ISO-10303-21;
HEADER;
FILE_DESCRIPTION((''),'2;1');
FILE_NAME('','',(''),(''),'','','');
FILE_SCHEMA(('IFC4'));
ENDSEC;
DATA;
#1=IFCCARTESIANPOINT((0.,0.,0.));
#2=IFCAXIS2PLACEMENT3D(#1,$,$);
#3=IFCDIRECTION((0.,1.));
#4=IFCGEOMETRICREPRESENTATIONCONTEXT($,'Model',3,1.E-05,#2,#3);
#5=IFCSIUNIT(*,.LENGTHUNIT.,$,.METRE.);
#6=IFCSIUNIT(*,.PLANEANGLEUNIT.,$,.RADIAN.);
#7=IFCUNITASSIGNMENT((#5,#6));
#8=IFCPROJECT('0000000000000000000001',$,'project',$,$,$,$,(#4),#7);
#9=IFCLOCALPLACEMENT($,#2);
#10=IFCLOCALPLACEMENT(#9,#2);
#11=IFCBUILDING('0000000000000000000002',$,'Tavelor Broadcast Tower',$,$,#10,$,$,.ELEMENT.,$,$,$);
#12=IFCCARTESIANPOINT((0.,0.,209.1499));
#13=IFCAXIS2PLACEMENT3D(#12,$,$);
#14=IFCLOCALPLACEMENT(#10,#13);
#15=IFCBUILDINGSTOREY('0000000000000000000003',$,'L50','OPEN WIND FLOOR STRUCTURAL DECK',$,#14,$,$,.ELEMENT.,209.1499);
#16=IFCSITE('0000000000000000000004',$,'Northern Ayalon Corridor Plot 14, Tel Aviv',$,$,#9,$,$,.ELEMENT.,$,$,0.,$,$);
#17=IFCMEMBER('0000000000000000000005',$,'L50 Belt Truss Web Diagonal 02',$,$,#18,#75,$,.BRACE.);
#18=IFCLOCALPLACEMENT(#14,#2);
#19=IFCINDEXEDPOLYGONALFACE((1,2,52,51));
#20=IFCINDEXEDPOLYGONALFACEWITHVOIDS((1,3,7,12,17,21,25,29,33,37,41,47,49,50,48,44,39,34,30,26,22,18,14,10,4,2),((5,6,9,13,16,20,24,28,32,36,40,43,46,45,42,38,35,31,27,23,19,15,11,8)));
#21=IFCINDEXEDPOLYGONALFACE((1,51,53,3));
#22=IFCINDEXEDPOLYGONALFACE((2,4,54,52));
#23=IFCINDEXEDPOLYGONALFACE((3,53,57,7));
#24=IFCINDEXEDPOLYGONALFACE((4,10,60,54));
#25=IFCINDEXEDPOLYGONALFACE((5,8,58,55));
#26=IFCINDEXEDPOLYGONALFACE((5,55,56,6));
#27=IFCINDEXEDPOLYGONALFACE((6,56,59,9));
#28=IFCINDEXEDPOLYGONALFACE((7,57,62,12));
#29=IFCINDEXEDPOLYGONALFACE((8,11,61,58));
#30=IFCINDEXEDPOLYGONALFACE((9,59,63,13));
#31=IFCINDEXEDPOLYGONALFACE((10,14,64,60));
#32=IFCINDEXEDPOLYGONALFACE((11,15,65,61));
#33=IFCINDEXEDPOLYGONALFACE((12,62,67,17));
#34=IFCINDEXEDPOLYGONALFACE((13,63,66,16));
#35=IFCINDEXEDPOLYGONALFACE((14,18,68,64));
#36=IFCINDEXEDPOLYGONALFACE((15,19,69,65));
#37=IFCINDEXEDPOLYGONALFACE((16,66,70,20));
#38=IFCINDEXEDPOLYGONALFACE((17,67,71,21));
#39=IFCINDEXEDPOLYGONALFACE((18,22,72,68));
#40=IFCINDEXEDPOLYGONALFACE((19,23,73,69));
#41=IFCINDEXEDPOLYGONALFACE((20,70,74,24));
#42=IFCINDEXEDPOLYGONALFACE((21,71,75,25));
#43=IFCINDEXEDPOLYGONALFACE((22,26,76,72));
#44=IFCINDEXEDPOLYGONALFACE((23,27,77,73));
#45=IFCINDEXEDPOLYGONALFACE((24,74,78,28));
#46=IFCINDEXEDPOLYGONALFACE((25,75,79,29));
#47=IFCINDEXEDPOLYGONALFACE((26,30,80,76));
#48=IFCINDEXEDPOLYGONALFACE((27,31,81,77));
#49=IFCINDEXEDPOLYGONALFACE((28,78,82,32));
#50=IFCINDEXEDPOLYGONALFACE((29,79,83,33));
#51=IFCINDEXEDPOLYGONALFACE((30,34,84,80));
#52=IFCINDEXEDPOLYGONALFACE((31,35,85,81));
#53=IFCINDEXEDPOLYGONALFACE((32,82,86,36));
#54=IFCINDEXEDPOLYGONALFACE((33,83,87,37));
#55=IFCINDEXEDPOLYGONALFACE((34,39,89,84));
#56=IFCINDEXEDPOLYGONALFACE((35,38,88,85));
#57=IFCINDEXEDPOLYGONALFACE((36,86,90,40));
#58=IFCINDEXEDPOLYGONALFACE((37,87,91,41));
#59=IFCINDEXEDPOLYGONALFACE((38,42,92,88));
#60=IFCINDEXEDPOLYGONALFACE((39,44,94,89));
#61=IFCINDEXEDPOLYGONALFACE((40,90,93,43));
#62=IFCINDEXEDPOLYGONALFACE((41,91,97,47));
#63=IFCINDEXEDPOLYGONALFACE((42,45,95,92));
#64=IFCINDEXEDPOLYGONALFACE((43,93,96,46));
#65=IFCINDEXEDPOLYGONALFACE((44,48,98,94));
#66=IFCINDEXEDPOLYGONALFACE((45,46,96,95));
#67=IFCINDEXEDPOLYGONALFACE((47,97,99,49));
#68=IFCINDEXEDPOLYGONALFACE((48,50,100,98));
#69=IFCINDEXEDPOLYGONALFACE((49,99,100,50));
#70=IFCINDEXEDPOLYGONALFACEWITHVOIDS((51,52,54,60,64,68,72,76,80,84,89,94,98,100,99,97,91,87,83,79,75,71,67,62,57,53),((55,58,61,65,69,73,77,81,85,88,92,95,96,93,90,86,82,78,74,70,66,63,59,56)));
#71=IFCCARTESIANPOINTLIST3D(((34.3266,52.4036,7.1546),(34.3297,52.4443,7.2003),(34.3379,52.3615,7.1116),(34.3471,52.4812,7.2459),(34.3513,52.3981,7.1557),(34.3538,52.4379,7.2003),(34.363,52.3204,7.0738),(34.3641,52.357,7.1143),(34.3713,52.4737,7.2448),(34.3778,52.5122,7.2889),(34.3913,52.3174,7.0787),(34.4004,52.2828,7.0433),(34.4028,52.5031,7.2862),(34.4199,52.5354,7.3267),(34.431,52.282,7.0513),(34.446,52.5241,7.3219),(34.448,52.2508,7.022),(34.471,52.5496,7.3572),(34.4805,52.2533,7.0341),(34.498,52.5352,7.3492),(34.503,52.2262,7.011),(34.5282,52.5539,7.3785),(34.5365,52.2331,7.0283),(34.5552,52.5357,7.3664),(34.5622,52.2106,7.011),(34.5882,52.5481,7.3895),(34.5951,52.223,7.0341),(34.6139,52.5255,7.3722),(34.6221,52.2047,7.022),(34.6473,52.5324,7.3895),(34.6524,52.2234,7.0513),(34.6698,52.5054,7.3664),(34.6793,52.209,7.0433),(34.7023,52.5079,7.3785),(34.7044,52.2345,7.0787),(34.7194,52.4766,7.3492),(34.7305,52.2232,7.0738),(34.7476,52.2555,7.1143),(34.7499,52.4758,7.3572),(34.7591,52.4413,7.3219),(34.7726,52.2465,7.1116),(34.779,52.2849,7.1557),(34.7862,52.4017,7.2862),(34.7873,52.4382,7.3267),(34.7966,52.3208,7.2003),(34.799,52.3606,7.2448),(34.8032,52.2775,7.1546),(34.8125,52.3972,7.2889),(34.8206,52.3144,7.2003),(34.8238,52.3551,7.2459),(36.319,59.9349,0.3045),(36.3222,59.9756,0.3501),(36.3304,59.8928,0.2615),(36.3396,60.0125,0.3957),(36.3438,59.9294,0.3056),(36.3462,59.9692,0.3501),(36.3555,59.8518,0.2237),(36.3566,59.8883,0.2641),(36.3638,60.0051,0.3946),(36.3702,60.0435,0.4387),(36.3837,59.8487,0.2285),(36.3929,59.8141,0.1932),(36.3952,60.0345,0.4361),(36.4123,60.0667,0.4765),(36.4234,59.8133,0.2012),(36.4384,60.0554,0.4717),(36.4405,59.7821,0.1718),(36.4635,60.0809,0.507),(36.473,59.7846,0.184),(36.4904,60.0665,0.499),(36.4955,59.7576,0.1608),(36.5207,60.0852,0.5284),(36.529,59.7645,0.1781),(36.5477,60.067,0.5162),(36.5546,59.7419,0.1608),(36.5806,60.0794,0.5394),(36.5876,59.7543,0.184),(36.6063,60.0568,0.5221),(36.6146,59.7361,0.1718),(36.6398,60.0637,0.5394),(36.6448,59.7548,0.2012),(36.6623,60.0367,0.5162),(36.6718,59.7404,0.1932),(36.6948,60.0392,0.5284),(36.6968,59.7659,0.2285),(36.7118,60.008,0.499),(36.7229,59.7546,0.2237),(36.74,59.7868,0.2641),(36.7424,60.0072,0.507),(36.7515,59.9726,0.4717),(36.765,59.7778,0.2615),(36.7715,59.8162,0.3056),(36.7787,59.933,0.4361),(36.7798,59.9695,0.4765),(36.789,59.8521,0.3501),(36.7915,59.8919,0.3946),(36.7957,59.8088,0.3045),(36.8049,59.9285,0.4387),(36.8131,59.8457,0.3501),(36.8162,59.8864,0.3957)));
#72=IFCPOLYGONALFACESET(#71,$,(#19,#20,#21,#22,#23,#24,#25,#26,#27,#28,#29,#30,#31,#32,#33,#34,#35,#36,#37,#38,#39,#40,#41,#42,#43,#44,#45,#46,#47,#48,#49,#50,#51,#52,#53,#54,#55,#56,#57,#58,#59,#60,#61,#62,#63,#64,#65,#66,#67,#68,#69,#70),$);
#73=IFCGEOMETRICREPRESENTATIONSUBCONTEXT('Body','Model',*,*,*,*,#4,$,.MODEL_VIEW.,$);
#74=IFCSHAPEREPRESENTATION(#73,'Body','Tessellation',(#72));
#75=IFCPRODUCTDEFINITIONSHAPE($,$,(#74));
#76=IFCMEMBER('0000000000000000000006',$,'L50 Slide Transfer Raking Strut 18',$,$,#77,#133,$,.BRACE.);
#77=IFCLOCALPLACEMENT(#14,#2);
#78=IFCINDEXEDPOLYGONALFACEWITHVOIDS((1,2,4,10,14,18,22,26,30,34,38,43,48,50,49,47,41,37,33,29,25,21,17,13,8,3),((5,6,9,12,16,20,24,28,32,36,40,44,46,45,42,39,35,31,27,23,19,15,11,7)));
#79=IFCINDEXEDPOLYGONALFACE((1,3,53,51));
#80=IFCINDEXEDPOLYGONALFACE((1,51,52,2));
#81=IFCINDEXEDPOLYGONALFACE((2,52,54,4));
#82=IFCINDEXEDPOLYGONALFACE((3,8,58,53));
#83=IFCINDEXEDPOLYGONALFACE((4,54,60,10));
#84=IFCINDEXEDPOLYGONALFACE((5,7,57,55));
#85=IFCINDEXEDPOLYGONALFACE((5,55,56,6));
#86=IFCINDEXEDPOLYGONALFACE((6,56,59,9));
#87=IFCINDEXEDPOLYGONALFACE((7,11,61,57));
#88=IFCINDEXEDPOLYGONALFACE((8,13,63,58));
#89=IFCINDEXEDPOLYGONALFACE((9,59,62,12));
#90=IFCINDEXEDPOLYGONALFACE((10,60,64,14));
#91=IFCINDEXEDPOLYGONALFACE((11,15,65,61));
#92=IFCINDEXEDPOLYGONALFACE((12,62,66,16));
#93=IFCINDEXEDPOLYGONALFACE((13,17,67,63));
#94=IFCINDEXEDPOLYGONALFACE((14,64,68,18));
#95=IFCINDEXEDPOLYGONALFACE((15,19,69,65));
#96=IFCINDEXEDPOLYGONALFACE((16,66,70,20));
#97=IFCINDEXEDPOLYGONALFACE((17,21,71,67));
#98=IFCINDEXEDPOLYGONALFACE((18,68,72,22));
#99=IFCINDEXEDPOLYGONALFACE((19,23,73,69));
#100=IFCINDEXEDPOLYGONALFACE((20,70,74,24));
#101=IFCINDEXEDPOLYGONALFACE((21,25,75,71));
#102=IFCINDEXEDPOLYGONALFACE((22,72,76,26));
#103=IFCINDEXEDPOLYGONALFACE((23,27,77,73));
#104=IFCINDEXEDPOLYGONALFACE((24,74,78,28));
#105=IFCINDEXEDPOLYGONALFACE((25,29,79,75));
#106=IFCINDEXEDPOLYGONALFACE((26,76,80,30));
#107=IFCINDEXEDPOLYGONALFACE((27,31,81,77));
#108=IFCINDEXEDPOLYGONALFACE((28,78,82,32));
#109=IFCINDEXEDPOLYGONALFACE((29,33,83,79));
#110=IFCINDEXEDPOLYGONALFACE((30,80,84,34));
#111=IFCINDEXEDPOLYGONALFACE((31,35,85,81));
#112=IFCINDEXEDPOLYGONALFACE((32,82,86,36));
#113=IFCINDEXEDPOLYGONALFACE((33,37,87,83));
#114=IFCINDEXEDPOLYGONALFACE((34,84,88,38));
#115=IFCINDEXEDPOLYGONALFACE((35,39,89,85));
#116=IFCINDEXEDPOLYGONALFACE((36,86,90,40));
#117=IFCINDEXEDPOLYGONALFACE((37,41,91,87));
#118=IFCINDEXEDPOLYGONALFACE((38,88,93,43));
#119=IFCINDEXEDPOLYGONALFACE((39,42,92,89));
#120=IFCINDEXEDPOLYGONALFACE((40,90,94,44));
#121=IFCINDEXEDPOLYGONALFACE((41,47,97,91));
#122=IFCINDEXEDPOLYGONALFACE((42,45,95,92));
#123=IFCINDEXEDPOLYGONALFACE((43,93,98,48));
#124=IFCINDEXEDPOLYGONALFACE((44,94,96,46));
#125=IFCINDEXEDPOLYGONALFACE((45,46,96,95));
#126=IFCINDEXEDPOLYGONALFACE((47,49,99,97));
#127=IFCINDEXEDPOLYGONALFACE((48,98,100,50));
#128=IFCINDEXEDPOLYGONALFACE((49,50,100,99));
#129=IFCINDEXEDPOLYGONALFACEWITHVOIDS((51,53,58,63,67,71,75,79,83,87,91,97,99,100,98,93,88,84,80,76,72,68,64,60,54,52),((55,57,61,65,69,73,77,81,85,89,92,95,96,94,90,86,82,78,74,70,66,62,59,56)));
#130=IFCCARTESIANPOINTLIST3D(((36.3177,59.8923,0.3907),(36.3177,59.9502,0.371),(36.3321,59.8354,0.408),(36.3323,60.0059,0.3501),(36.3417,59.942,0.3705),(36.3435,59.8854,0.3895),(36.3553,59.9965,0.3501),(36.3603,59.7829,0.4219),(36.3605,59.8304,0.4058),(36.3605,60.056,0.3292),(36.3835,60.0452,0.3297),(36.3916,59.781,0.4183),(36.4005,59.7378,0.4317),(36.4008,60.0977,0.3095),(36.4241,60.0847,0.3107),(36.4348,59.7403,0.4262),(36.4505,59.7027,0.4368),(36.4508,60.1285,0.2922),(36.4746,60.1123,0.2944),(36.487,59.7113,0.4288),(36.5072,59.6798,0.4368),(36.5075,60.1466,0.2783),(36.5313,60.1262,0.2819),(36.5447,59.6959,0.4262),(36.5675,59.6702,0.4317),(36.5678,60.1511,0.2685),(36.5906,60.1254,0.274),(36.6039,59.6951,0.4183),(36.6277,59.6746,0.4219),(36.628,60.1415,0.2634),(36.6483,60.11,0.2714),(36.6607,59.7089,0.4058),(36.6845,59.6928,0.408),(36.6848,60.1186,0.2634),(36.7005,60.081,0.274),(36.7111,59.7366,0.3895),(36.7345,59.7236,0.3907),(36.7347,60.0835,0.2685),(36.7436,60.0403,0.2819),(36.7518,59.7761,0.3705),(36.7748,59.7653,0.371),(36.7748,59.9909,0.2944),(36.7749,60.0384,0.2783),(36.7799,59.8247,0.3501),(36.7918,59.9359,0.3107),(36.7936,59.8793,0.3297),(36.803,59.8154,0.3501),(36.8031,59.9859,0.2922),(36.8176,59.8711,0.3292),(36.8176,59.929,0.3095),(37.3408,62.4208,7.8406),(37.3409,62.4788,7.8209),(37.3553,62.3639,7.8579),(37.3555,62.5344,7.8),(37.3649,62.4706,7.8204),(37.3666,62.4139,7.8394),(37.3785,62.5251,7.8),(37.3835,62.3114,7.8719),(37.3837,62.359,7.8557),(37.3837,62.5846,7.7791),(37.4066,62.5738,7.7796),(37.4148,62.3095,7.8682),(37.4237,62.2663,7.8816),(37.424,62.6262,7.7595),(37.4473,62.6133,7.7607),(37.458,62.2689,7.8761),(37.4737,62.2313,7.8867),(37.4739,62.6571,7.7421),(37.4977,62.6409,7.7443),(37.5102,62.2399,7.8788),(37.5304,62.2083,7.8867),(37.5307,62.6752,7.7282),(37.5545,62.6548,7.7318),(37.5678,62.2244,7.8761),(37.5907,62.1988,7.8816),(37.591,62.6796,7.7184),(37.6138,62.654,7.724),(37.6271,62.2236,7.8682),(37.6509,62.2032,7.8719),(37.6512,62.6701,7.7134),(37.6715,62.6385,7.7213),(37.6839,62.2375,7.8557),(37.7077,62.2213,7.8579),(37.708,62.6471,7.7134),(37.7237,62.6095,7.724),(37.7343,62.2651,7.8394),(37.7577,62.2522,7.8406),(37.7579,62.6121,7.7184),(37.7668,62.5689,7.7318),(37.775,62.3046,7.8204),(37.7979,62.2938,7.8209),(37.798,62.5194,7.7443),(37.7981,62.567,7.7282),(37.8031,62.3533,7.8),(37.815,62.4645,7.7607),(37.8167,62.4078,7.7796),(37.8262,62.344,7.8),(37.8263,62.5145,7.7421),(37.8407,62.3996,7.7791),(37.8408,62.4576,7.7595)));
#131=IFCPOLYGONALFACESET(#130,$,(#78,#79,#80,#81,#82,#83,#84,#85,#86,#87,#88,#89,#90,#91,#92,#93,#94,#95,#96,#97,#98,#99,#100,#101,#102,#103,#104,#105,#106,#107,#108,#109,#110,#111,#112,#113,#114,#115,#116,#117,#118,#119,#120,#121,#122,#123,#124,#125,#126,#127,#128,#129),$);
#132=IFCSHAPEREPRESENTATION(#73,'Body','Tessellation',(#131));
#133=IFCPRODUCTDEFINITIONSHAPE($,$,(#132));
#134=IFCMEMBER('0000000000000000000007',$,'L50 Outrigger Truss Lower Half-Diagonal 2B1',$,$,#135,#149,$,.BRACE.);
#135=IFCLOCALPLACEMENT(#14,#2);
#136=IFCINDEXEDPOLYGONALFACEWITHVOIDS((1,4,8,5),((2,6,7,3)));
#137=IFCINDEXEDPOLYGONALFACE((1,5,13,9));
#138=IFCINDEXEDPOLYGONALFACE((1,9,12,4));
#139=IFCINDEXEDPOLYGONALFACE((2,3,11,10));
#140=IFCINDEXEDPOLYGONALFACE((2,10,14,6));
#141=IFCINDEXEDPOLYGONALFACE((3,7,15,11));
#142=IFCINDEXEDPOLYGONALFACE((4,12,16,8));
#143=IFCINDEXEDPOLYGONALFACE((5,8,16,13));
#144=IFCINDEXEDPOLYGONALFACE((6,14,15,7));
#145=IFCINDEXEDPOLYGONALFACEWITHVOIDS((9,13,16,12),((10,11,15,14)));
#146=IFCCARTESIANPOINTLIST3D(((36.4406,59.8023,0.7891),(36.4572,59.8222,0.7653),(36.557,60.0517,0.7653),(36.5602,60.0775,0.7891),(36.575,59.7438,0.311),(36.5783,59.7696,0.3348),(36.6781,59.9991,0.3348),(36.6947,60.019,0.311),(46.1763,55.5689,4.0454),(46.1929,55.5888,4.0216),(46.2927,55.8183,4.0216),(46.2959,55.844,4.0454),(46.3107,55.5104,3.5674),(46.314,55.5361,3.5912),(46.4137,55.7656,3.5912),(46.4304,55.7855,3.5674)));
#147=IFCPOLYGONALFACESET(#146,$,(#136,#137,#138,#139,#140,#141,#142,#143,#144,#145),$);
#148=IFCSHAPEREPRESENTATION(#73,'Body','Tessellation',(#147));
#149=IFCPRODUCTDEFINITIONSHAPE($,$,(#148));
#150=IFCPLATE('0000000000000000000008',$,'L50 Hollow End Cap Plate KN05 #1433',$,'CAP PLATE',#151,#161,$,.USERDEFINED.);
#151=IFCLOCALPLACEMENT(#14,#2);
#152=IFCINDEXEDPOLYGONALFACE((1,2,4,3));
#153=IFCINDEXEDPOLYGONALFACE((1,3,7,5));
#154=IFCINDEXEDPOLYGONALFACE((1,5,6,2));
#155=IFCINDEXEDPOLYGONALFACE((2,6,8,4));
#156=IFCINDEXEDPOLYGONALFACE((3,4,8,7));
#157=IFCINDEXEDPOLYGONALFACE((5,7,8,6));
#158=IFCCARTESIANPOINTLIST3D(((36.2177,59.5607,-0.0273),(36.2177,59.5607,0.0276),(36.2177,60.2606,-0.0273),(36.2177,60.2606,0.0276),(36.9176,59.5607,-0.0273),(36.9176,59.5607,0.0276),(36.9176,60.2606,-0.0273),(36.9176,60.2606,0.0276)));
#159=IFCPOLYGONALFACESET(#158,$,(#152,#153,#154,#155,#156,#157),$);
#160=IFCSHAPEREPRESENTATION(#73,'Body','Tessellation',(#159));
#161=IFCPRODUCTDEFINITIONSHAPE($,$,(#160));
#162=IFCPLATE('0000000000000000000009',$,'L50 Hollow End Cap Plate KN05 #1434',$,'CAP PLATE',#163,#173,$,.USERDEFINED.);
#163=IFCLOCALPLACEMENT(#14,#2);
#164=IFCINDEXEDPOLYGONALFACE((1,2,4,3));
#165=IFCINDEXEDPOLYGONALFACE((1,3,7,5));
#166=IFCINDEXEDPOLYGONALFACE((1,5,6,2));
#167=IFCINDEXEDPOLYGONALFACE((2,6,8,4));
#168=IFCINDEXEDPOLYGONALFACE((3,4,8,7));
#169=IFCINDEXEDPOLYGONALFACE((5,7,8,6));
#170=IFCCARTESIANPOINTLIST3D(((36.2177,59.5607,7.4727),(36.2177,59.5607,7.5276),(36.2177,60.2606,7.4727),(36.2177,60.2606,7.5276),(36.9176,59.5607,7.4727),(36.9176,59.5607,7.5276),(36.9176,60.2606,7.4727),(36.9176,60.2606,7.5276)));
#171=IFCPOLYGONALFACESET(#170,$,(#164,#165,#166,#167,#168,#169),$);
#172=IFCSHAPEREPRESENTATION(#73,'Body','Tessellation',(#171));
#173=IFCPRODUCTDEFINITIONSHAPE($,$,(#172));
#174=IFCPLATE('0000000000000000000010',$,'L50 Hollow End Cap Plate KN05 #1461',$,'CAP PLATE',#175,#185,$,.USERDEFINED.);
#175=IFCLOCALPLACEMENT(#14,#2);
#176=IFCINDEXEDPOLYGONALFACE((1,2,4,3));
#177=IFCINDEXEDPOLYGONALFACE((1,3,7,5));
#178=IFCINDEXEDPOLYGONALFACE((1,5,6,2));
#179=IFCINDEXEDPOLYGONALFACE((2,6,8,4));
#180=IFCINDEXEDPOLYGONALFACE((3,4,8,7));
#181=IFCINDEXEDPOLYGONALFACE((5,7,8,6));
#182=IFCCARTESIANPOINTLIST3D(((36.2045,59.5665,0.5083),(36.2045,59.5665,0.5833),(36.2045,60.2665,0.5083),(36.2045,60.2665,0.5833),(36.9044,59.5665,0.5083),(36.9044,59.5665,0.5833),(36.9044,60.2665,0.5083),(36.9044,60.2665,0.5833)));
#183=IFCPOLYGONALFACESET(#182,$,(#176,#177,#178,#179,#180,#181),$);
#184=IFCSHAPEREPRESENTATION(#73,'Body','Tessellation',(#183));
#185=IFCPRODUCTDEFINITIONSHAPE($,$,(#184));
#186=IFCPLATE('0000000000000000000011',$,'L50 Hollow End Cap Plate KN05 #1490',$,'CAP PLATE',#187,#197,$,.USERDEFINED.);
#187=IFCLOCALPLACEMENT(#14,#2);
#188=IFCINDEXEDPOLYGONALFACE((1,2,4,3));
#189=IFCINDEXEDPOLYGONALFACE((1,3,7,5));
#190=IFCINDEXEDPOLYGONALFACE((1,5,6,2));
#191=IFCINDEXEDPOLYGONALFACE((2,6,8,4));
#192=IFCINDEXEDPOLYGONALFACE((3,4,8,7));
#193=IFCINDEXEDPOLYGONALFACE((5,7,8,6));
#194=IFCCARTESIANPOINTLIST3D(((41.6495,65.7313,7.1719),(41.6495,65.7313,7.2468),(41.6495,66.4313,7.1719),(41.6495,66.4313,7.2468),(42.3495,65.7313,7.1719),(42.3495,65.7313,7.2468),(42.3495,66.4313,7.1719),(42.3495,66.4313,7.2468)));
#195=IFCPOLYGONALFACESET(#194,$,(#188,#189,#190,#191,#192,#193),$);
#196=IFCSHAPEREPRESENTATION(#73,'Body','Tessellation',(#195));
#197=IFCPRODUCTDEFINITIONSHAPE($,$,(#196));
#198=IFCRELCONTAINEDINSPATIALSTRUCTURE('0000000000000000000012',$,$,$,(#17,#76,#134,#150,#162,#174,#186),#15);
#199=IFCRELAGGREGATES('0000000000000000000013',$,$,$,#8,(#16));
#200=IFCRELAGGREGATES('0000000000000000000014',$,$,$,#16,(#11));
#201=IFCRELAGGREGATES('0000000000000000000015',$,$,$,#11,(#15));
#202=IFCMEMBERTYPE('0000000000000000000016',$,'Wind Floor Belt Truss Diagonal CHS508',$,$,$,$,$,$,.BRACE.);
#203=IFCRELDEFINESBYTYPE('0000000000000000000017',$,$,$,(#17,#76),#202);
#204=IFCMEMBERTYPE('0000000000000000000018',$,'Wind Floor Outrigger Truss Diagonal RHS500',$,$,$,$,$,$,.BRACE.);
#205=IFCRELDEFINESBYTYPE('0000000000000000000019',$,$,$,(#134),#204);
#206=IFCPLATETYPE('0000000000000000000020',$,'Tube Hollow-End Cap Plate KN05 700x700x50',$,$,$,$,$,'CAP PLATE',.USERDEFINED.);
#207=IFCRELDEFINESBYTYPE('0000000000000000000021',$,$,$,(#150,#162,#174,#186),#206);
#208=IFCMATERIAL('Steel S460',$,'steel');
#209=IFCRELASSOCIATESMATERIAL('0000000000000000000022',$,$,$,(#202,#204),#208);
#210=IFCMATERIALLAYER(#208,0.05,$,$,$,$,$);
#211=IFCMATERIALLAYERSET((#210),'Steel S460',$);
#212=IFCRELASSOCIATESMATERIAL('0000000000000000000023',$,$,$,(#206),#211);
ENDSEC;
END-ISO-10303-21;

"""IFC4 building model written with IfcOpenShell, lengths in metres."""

from ifc_helpers import new_model, si_unit, direction, frame, origin, origin_2d, place, context, subcontext, project, spatial, rectangle, hollow_rectangle, hollow_circle, extrude, source, transform, mapped, material, layer, layer_set, material_profile, profile_set, type_object, element, save


model = new_model("IFC4")

# Units and contexts
model_context = context("Model", 3, precision=1e-05, world=origin(), true_north=direction((0.0, 1.0)))
body_context = subcontext(model_context, "Body", "Model", "MODEL_VIEW")
ifc_project = project(units=[si_unit("LENGTHUNIT", "METRE"), si_unit("PLANEANGLEUNIT", "RADIAN")], contexts=[model_context])

# Site, building, storey
site_placement = place(None, origin())
site = spatial("IfcSite", under=ifc_project, at=site_placement, Name="Northern Ayalon Corridor Plot 14, Tel Aviv", CompositionType="ELEMENT", RefElevation=0.0)
building_placement = place(site_placement, origin())
building = spatial("IfcBuilding", under=site, at=building_placement, Name="Tavelor Broadcast Tower", CompositionType="ELEMENT")
storey_placement = place(building_placement, frame((0.0, 0.0, 209.1499)))
storey = spatial("IfcBuildingStorey", under=building, at=storey_placement, Name="L50", Description="OPEN WIND FLOOR STRUCTURAL DECK", CompositionType="ELEMENT", Elevation=209.1499)

# Shared definitions
ifc_material_1 = material(Name="Steel S460", Category="steel")

# Members
ifc_material_profile_1 = material_profile(ifc_material_1, hollow_circle(Radius=0.2539, WallThickness=0.0249, at=origin_2d()), Name="CHS 508x25")
ifc_profile_set_1 = profile_set([ifc_material_profile_1], Name="Steel S460")
member_type_1 = type_object("IfcMemberType", Name="Wind Floor Belt Truss Diagonal CHS508", PredefinedType="BRACE", material=ifc_profile_set_1)
member_1_placement = place(storey_placement, frame((36.5676, 59.9106, 0.3501), z_axis=(-0.192066, -0.725996, 0.660334), x_axis=(0.966741, -0.255756, 0.0)))
element("IfcMember", 1, at=member_1_placement, inside=storey, type_object=member_type_1, Name="L50 Belt Truss Web Diagonal 02", PredefinedType="BRACE", context=body_context, shape_type="SweptSolid", body=[
    extrude(hollow_circle(Radius=0.2539, WallThickness=0.0249, at=origin_2d()), origin(), (0.0, 0.0, 1.0), 10.3738),
])
member_2_placement = place(storey_placement, frame((36.5676, 59.9106, 0.3501), z_axis=(0.128969, 0.318715, 0.939035), x_axis=(-0.926982, 0.375107, 0.0)))
element("IfcMember", 2, at=member_2_placement, inside=storey, type_object=member_type_1, Name="L50 Slide Transfer Raking Strut 18", PredefinedType="BRACE", context=body_context, shape_type="SweptSolid", body=[
    extrude(hollow_circle(Radius=0.2539, WallThickness=0.0249, at=origin_2d()), origin(), (0.0, 0.0, 1.0), 7.9336),
])
ifc_material_profile_2 = material_profile(ifc_material_1, hollow_rectangle(XDim=0.3, YDim=0.5, WallThickness=0.0249, at=origin_2d()), Name="RHS 500x300x25")
ifc_profile_set_2 = profile_set([ifc_material_profile_2], Name="Steel S460")
member_type_2 = type_object("IfcMemberType", Name="Wind Floor Outrigger Truss Diagonal RHS500", PredefinedType="BRACE", material=ifc_profile_set_2)
member_3_placement = place(storey_placement, frame((36.5676, 59.9106, 0.55), z_axis=(0.876735, -0.381237, 0.293249), x_axis=(0.398768, 0.917052, 0.0)))
element("IfcMember", 3, at=member_3_placement, inside=storey, type_object=member_type_2, Name="L50 Outrigger Truss Lower Half-Diagonal 2B1", PredefinedType="BRACE", context=body_context, shape_type="SweptSolid", body=[
    extrude(hollow_rectangle(XDim=0.3, YDim=0.5, WallThickness=0.0249, at=origin_2d()), origin(), (0.0, 0.0, 1.0), 11.1045),
])

# Plates
ifc_layer_1 = layer(ifc_material_1, 0.05)
ifc_layer_set_1 = layer_set([ifc_layer_1], Name="Steel S460")
plate_type_1 = type_object("IfcPlateType", Name="Tube Hollow-End Cap Plate KN05 700x700x50", ElementType="CAP PLATE", PredefinedType="USERDEFINED", material=ifc_layer_set_1)
shared_shape_1 = source(origin(), body_context, "Body", "SweptSolid", [
    extrude(rectangle(XDim=0.7, YDim=0.7, at=origin_2d()), origin(), (0.0, 0.0, 1.0), 0.0549),
])
for number, where, z_axis, x_axis, name in (
    (4, (36.5676, 59.9106, -0.0273), (0.0, 0.0, 1.0), (1.0, 0.0, 0.0), "L50 Hollow End Cap Plate KN05 #1433"),
    (5, (36.5676, 59.9106, 7.4727), (0.0, 0.0, 1.0), (1.0, 0.0, 0.0), "L50 Hollow End Cap Plate KN05 #1434"),
):
    element("IfcPlate", number, at=place(storey_placement, frame(where, z_axis=z_axis, x_axis=x_axis)), inside=storey, type_object=plate_type_1, Name=name, ObjectType="CAP PLATE", PredefinedType="USERDEFINED", context=body_context, shape_type="MappedRepresentation", body=[
        mapped(shared_shape_1, transform((0.0, 0.0, 0.0), scale=1.0)),
    ])
shared_shape_2 = source(origin(), body_context, "Body", "SweptSolid", [
    extrude(rectangle(XDim=0.7, YDim=0.7, at=origin_2d()), origin(), (0.0, 0.0, 1.0), 0.075),
])
for number, where, z_axis, x_axis, name in (
    (6, (36.5544, 59.9165, 0.5083), (0.0, 0.0, 1.0), (1.0, 0.0, 0.0), "L50 Hollow End Cap Plate KN05 #1461"),
    (7, (41.9995, 66.0813, 7.1719), (0.0, 0.0, 1.0), (1.0, 0.0, 0.0), "L50 Hollow End Cap Plate KN05 #1490"),
):
    element("IfcPlate", number, at=place(storey_placement, frame(where, z_axis=z_axis, x_axis=x_axis)), inside=storey, type_object=plate_type_1, Name=name, ObjectType="CAP PLATE", PredefinedType="USERDEFINED", context=body_context, shape_type="MappedRepresentation", body=[
        mapped(shared_shape_2, transform((0.0, 0.0, 0.0), scale=1.0)),
    ])

save(model, "model.ifc")
